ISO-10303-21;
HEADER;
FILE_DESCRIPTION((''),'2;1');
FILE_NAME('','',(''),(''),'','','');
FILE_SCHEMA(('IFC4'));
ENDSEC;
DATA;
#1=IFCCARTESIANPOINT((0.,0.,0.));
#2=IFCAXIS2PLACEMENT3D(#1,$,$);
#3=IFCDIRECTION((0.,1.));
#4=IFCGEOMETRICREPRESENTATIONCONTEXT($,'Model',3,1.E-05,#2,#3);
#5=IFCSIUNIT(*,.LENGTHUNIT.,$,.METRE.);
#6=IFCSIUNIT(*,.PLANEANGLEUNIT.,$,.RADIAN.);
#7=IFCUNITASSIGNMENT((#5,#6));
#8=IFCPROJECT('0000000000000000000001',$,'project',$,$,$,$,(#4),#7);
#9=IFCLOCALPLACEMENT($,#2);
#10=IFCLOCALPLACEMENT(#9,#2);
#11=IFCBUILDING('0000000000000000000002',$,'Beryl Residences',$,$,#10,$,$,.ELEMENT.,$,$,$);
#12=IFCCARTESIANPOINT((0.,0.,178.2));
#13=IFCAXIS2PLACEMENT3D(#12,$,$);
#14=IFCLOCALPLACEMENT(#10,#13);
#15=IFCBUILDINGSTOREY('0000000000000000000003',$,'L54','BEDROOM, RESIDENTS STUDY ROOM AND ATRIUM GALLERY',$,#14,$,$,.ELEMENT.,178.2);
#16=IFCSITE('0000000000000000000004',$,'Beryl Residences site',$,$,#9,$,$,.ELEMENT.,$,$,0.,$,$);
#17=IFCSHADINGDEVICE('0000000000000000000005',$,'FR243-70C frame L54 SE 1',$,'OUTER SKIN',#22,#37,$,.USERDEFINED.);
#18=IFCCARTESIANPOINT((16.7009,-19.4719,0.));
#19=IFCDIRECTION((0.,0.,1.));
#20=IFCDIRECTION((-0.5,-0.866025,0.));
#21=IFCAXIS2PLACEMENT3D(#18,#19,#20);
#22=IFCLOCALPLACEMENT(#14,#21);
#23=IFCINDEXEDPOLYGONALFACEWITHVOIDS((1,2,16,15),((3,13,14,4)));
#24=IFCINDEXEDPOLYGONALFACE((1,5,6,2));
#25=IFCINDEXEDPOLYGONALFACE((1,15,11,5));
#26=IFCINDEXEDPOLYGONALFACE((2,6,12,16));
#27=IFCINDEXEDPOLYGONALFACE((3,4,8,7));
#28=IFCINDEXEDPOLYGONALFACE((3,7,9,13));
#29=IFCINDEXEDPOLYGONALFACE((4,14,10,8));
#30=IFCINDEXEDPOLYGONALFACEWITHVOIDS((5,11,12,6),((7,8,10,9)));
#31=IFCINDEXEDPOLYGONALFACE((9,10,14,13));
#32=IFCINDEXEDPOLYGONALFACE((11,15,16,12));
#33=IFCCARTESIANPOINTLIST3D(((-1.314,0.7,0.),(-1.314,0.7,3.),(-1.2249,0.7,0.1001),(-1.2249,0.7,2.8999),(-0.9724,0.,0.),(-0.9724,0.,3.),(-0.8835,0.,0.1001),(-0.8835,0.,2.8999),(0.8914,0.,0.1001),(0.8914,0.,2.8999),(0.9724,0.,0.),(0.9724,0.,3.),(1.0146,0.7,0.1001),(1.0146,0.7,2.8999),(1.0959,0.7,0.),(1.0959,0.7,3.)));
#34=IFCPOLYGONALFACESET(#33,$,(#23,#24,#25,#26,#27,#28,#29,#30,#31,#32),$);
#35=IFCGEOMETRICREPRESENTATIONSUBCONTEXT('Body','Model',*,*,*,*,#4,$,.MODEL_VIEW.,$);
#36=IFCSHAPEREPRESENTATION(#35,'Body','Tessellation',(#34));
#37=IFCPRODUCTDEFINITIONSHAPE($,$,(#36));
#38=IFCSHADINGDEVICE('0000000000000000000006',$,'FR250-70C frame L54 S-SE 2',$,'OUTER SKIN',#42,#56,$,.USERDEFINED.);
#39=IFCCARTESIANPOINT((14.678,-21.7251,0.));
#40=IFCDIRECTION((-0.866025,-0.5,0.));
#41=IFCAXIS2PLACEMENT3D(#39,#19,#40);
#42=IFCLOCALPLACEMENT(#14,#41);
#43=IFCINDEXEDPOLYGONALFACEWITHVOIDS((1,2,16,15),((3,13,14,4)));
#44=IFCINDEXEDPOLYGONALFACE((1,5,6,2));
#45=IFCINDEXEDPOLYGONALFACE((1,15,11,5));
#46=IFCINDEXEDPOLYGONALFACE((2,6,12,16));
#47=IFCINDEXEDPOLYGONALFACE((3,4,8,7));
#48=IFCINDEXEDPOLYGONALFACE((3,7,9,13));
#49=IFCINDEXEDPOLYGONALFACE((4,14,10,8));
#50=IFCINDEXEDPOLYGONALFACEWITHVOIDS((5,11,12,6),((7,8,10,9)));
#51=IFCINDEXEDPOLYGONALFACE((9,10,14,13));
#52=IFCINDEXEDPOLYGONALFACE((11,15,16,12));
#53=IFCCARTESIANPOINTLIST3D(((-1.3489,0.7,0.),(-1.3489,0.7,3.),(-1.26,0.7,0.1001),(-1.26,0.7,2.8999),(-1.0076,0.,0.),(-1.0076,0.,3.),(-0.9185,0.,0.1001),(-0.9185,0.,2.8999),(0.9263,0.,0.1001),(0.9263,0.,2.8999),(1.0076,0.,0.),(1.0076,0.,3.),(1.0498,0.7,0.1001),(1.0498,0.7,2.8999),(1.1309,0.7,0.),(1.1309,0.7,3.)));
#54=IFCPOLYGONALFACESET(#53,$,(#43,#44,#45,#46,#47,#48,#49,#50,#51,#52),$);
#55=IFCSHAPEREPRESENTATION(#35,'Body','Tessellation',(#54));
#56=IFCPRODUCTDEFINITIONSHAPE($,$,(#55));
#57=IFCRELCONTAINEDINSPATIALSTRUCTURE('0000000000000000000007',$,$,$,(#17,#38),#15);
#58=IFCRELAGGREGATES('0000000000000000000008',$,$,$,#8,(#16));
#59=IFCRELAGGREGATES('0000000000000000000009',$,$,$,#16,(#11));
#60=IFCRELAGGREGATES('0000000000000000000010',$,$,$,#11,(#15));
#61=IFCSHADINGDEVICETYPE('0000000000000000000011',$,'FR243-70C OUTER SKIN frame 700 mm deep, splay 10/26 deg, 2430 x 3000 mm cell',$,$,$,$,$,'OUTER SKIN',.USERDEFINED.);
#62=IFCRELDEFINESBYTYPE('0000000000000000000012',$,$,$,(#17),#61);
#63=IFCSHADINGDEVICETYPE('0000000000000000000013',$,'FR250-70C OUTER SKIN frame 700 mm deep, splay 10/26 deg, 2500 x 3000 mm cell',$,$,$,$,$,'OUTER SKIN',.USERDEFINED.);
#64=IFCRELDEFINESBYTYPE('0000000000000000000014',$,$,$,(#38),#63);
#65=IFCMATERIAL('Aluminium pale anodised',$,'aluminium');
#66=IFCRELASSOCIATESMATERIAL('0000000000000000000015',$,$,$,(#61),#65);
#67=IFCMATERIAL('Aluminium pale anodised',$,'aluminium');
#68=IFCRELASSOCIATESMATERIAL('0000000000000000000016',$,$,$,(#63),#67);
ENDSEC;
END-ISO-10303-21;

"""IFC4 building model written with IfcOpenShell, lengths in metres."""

from ifc_helpers import new_model, entity, si_unit, direction, frame, origin, place, context, subcontext, project, spatial, source, transform, mapped, material, type_object, type_shapes, element, save


model = new_model("IFC4")

# Units and contexts
model_context = context("Model", 3, precision=1e-05, world=origin(), true_north=direction((0.0, 1.0)))
body_context = subcontext(model_context, "Body", "Model", "MODEL_VIEW")
ifc_project = project(units=[si_unit("LENGTHUNIT", "METRE"), si_unit("PLANEANGLEUNIT", "RADIAN")], contexts=[model_context])

# Site, building, storey
site_placement = place(None, origin())
site = spatial("IfcSite", under=ifc_project, at=site_placement, Name="Beryl Residences site", CompositionType="ELEMENT", RefElevation=0.0)
building_placement = place(site_placement, origin())
building = spatial("IfcBuilding", under=site, at=building_placement, Name="Beryl Residences", CompositionType="ELEMENT")
storey_placement = place(building_placement, frame((0.0, 0.0, 178.2)))
storey = spatial("IfcBuildingStorey", under=building, at=storey_placement, Name="L54", Description="BEDROOM, RESIDENTS STUDY ROOM AND ATRIUM GALLERY", CompositionType="ELEMENT", Elevation=178.2)

# Shading devices
ifc_material_1 = material(Name="Aluminium pale anodised", Category="aluminium")
shading_device_type_1 = type_object("IfcShadingDeviceType", Name="FR243-70C OUTER SKIN frame 700 mm deep, splay 10/26 deg, 2430 x 3000 mm cell", ElementType="OUTER SKIN", PredefinedType="USERDEFINED", material=ifc_material_1)
cartesian_point_1 = entity("IfcCartesianPoint", [-0.9724, 0.0])
cartesian_point_2 = entity("IfcCartesianPoint", [-0.8914, 0.1001])
cartesian_point_3 = entity("IfcCartesianPoint", [-1.0959, 0.0])
cartesian_point_4 = entity("IfcCartesianPoint", [-1.0146, 0.1001])
shared_shape_1 = source(origin(), body_context, "Body", "SweptSolid", [
    entity("IfcExtrudedAreaSolidTapered", entity("IfcArbitraryProfileDefWithVoids", "AREA", None, entity("IfcPolyline", [cartesian_point_1, entity("IfcCartesianPoint", [0.9724, 0.0]), entity("IfcCartesianPoint", [0.9724, 3.0]), entity("IfcCartesianPoint", [-0.9724, 3.0]), cartesian_point_1]), [entity("IfcPolyline", [cartesian_point_2, entity("IfcCartesianPoint", [0.8835, 0.1001]), entity("IfcCartesianPoint", [0.8835, 2.8999]), entity("IfcCartesianPoint", [-0.8914, 2.8999]), cartesian_point_2])]), entity("IfcAxis2Placement3D", entity("IfcCartesianPoint", [0.0, 0.0, 0.0]), entity("IfcDirection", [0.0, 1.0, 0.0]), entity("IfcDirection", [-1.0, 0.0, 0.0])), entity("IfcDirection", [0.0, 0.0, 1.0]), 0.7, entity("IfcArbitraryProfileDefWithVoids", "AREA", None, entity("IfcPolyline", [cartesian_point_3, entity("IfcCartesianPoint", [1.314, 0.0]), entity("IfcCartesianPoint", [1.314, 3.0]), entity("IfcCartesianPoint", [-1.0959, 3.0]), cartesian_point_3]), [entity("IfcPolyline", [cartesian_point_4, entity("IfcCartesianPoint", [1.2249, 0.1001]), entity("IfcCartesianPoint", [1.2249, 2.8999]), entity("IfcCartesianPoint", [-1.0146, 2.8999]), cartesian_point_4])])),
])
type_shapes(shading_device_type_1, [shared_shape_1])
shading_device_1_placement = place(storey_placement, frame((16.7009, -19.4719, 0.0), z_axis=(0.0, 0.0, 1.0), x_axis=(-0.5, -0.866025, 0.0)))
element("IfcShadingDevice", 1, at=shading_device_1_placement, inside=storey, type_object=shading_device_type_1, Name="FR243-70C frame L54 SE 1", ObjectType="OUTER SKIN", PredefinedType="USERDEFINED", context=body_context, shape_type="MappedRepresentation", body=[
    mapped(shared_shape_1, transform((0.0, 0.0, 0.0))),
])
ifc_material_2 = material(Name="Aluminium pale anodised", Category="aluminium")
shading_device_type_2 = type_object("IfcShadingDeviceType", Name="FR250-70C OUTER SKIN frame 700 mm deep, splay 10/26 deg, 2500 x 3000 mm cell", ElementType="OUTER SKIN", PredefinedType="USERDEFINED", material=ifc_material_2)
cartesian_point_5 = entity("IfcCartesianPoint", [-1.0076, 0.0])
cartesian_point_6 = entity("IfcCartesianPoint", [-0.9263, 0.1001])
cartesian_point_7 = entity("IfcCartesianPoint", [-1.1309, 0.0])
cartesian_point_8 = entity("IfcCartesianPoint", [-1.0498, 0.1001])
shared_shape_2 = source(origin(), body_context, "Body", "SweptSolid", [
    entity("IfcExtrudedAreaSolidTapered", entity("IfcArbitraryProfileDefWithVoids", "AREA", None, entity("IfcPolyline", [cartesian_point_5, entity("IfcCartesianPoint", [1.0076, 0.0]), entity("IfcCartesianPoint", [1.0076, 3.0]), entity("IfcCartesianPoint", [-1.0076, 3.0]), cartesian_point_5]), [entity("IfcPolyline", [cartesian_point_6, entity("IfcCartesianPoint", [0.9185, 0.1001]), entity("IfcCartesianPoint", [0.9185, 2.8999]), entity("IfcCartesianPoint", [-0.9263, 2.8999]), cartesian_point_6])]), entity("IfcAxis2Placement3D", entity("IfcCartesianPoint", [0.0, 0.0, 0.0]), entity("IfcDirection", [0.0, 1.0, 0.0]), entity("IfcDirection", [-1.0, 0.0, 0.0])), entity("IfcDirection", [0.0, 0.0, 1.0]), 0.7, entity("IfcArbitraryProfileDefWithVoids", "AREA", None, entity("IfcPolyline", [cartesian_point_7, entity("IfcCartesianPoint", [1.3489, 0.0]), entity("IfcCartesianPoint", [1.3489, 3.0]), entity("IfcCartesianPoint", [-1.1309, 3.0]), cartesian_point_7]), [entity("IfcPolyline", [cartesian_point_8, entity("IfcCartesianPoint", [1.26, 0.1001]), entity("IfcCartesianPoint", [1.26, 2.8999]), entity("IfcCartesianPoint", [-1.0498, 2.8999]), cartesian_point_8])])),
])
type_shapes(shading_device_type_2, [shared_shape_2])
shading_device_2_placement = place(storey_placement, frame((14.678, -21.7251, 0.0), z_axis=(0.0, 0.0, 1.0), x_axis=(-0.866025, -0.5, 0.0)))
element("IfcShadingDevice", 2, at=shading_device_2_placement, inside=storey, type_object=shading_device_type_2, Name="FR250-70C frame L54 S-SE 2", ObjectType="OUTER SKIN", PredefinedType="USERDEFINED", context=body_context, shape_type="MappedRepresentation", body=[
    mapped(shared_shape_2, transform((0.0, 0.0, 0.0))),
])

save(model, "model.ifc")
